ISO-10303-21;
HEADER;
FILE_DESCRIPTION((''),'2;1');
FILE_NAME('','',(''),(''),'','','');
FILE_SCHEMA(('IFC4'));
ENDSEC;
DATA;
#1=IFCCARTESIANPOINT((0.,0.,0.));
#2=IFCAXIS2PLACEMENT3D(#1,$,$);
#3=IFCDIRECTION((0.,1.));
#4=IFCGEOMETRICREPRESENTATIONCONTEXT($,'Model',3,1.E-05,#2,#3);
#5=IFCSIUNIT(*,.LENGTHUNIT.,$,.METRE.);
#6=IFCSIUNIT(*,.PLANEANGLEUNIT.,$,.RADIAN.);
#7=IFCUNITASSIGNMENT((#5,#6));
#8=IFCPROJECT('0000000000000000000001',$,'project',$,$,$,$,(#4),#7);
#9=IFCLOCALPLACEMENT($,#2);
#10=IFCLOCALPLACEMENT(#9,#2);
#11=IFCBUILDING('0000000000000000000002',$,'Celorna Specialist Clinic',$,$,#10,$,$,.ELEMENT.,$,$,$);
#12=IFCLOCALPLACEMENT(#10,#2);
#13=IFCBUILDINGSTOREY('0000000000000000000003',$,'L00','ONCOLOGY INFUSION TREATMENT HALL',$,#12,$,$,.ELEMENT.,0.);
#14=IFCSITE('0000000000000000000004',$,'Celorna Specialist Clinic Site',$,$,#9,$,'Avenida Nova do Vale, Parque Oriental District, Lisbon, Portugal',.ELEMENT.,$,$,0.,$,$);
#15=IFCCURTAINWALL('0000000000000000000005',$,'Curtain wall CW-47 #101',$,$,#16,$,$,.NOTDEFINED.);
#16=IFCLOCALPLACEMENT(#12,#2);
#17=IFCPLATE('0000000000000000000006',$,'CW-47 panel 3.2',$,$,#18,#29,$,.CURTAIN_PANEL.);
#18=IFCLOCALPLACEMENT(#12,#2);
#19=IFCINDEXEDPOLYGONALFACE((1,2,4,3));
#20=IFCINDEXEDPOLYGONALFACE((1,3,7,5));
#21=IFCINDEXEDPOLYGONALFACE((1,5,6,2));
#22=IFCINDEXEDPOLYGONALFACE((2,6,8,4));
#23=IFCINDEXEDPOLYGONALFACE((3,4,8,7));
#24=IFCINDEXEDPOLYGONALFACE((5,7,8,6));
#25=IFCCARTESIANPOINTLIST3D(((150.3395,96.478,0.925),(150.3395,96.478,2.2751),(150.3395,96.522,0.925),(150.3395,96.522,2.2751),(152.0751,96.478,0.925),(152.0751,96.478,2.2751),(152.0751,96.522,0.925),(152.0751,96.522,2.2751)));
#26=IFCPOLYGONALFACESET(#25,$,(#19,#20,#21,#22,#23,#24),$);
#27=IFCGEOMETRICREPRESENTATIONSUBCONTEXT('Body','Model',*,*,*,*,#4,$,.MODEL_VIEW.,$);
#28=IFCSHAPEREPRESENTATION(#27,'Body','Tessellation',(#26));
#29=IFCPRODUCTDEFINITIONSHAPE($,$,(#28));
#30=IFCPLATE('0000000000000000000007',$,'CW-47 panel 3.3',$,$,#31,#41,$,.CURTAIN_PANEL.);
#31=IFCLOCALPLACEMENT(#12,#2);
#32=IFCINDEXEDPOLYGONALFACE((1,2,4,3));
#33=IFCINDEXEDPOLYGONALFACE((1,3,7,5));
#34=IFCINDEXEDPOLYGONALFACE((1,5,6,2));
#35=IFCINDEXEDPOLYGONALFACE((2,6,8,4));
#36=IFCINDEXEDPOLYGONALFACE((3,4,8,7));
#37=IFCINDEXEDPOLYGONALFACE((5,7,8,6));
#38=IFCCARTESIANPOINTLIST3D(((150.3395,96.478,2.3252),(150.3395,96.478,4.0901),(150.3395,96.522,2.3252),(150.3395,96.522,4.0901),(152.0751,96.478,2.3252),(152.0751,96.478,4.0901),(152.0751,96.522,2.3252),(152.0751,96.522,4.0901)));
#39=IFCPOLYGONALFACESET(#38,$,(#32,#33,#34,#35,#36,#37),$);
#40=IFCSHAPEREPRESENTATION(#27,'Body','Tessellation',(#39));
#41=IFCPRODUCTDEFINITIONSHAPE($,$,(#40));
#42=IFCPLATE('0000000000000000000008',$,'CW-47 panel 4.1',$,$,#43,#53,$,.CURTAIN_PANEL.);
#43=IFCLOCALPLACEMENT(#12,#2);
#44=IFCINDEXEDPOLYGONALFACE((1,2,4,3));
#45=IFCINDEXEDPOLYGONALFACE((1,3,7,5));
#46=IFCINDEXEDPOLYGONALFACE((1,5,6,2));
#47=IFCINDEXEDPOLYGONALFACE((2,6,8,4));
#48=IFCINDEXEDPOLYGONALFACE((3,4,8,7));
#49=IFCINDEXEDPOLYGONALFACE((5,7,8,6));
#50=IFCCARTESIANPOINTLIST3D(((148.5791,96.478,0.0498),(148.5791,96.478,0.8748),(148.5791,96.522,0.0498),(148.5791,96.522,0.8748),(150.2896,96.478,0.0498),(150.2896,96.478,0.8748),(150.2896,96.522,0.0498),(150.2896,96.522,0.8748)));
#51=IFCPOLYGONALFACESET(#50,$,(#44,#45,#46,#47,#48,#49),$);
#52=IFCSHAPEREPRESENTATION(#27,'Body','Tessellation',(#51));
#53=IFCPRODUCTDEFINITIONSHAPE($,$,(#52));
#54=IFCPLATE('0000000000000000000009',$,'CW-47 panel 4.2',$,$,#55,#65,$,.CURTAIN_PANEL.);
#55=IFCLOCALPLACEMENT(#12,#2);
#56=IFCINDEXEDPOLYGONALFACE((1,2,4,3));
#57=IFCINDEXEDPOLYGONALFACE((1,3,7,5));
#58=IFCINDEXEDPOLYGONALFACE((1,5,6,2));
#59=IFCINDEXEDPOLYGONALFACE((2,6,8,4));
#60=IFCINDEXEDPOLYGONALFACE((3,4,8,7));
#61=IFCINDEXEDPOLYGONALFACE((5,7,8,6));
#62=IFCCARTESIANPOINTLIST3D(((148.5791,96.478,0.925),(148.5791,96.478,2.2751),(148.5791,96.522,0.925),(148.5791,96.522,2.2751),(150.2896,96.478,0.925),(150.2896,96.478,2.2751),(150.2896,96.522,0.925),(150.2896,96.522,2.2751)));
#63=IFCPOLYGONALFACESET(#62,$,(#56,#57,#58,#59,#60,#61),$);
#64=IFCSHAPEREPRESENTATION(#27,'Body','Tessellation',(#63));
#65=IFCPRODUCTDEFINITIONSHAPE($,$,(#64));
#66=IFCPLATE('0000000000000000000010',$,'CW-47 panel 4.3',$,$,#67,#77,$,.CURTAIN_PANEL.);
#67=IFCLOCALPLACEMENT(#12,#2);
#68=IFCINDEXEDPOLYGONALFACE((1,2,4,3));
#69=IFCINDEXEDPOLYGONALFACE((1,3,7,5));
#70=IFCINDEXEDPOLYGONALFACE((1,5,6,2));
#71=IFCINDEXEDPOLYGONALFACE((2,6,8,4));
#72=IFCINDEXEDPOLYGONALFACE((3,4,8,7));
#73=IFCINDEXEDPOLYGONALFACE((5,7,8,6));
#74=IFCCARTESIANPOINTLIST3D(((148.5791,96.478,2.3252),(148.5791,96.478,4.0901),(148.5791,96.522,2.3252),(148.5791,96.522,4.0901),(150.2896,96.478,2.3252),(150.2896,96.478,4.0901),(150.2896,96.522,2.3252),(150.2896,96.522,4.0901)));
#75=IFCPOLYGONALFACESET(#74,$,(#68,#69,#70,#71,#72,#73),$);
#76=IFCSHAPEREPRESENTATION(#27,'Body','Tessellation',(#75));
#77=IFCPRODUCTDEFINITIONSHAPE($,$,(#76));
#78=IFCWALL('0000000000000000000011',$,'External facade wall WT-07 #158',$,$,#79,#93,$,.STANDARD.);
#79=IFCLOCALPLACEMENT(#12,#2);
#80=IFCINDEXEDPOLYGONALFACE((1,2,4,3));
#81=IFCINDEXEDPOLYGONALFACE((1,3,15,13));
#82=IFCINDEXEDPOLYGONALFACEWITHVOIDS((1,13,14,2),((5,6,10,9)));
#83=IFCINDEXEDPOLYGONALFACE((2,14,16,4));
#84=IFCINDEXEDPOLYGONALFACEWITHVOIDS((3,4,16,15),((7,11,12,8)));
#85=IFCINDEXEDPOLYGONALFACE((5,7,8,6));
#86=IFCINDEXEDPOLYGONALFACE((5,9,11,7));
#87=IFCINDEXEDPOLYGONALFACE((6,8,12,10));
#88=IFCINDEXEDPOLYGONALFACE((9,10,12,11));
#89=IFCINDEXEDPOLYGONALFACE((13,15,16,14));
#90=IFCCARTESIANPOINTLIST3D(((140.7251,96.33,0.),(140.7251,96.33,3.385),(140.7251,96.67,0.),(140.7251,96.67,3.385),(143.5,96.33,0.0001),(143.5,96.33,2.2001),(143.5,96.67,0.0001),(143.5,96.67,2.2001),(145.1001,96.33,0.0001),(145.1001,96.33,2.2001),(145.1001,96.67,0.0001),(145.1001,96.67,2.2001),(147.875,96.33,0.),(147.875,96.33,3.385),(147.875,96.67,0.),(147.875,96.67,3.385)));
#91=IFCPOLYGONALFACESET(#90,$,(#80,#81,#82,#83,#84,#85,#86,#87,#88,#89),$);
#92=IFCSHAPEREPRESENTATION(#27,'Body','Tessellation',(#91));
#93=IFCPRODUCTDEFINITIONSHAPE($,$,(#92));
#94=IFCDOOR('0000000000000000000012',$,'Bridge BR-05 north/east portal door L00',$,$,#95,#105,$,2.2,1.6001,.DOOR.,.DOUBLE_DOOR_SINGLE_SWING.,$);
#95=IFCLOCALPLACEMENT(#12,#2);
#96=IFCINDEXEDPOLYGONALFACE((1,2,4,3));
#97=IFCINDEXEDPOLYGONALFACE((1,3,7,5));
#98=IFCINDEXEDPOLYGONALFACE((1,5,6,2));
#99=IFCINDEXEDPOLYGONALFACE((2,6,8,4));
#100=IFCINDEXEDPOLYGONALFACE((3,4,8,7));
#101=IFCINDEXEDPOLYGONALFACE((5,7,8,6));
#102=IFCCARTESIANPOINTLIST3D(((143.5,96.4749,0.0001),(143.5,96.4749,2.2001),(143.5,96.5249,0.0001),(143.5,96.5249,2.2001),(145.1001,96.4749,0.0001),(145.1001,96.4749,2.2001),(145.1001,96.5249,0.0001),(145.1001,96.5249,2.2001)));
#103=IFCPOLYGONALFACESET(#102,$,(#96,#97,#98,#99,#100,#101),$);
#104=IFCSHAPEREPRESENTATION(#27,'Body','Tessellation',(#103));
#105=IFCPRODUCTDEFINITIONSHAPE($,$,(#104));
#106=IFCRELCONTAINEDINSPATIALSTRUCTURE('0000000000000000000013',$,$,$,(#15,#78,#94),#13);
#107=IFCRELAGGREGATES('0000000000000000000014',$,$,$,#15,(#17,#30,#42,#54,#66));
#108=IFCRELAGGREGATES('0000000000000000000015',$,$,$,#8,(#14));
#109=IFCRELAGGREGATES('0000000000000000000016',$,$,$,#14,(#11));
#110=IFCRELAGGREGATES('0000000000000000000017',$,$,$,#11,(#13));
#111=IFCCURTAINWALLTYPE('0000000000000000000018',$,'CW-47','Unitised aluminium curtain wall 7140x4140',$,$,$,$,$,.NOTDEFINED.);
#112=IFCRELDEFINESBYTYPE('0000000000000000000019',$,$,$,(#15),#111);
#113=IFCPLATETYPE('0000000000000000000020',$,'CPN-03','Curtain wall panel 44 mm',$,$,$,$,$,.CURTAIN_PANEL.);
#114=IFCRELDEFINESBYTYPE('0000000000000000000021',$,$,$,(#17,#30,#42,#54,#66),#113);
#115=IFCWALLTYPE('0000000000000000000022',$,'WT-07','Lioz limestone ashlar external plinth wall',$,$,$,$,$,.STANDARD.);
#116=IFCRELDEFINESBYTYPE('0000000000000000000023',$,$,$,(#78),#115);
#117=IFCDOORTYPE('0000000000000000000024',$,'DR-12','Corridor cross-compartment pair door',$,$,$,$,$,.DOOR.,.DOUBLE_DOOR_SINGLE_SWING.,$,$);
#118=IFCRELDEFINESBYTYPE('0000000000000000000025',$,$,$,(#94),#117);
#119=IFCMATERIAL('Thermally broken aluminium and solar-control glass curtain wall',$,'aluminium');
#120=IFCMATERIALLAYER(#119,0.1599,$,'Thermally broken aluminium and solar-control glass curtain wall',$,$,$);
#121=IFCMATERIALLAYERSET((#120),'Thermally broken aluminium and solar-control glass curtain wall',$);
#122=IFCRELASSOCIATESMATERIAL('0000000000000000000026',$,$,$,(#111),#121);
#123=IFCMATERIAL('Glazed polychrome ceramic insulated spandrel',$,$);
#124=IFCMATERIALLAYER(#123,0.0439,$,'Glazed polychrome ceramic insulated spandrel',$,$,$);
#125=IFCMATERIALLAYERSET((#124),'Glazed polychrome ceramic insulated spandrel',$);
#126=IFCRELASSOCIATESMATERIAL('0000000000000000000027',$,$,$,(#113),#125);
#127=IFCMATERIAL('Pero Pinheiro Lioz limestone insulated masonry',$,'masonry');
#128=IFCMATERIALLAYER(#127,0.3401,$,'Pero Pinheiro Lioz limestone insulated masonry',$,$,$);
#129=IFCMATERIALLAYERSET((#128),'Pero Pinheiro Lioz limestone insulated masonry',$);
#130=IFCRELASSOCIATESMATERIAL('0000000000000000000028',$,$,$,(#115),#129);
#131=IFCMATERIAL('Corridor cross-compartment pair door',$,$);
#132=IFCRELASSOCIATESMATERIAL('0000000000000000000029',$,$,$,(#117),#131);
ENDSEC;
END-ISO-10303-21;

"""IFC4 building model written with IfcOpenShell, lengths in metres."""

from ifc_helpers import new_model, si_unit, direction, frame, frame_2d, origin, origin_2d, place, context, subcontext, project, spatial, rectangle, extrude, material, layer, layer_set, type_object, element, fill, aggregate, save


model = new_model("IFC4")

# Units and contexts
model_context = context("Model", 3, precision=1e-05, world=origin(), true_north=direction((0.0, 1.0)))
body_context = subcontext(model_context, "Body", "Model", "MODEL_VIEW")
ifc_project = project(units=[si_unit("LENGTHUNIT", "METRE"), si_unit("PLANEANGLEUNIT", "RADIAN")], contexts=[model_context])

# Site, building, storey
site_placement = place(None, origin())
site = spatial("IfcSite", under=ifc_project, at=site_placement, Name="Celorna Specialist Clinic Site", LongName="Avenida Nova do Vale, Parque Oriental District, Lisbon, Portugal", CompositionType="ELEMENT", RefElevation=0.0)
building_placement = place(site_placement, origin())
building = spatial("IfcBuilding", under=site, at=building_placement, Name="Celorna Specialist Clinic", CompositionType="ELEMENT")
storey_placement = place(building_placement, origin())
storey = spatial("IfcBuildingStorey", under=building, at=storey_placement, Name="L00", Description="ONCOLOGY INFUSION TREATMENT HALL", CompositionType="ELEMENT", Elevation=0.0)

# Curtain wall
ifc_material_1 = material(Name="Thermally broken aluminium and solar-control glass curtain wall", Category="aluminium")
ifc_layer_1 = layer(ifc_material_1, 0.1599, Name="Thermally broken aluminium and solar-control glass curtain wall")
ifc_layer_set_1 = layer_set([ifc_layer_1], Name="Thermally broken aluminium and solar-control glass curtain wall")
curtain_wall_type_1 = type_object("IfcCurtainWallType", Name="CW-47", Description="Unitised aluminium curtain wall 7140x4140", PredefinedType="NOTDEFINED", material=ifc_layer_set_1)
curtain_wall_1_placement = place(storey_placement, origin())
curtain_wall_1 = element("IfcCurtainWall", 1, at=curtain_wall_1_placement, inside=storey, type_object=curtain_wall_type_1, Name="Curtain wall CW-47 #101", PredefinedType="NOTDEFINED")

# Plates
ifc_material_2 = material(Name="Glazed polychrome ceramic insulated spandrel")
ifc_layer_2 = layer(ifc_material_2, 0.0439, Name="Glazed polychrome ceramic insulated spandrel")
ifc_layer_set_2 = layer_set([ifc_layer_2], Name="Glazed polychrome ceramic insulated spandrel")
plate_type_1 = type_object("IfcPlateType", Name="CPN-03", Description="Curtain wall panel 44 mm", PredefinedType="CURTAIN_PANEL", material=ifc_layer_set_2)
plate_1_placement = place(storey_placement, frame((151.2073, 96.5, 0.925), z_axis=(0.0, 0.0, 1.0), x_axis=(-1.0, 0.0, 0.0)))
plate_1 = element("IfcPlate", 2, at=plate_1_placement, type_object=plate_type_1, Name="CW-47 panel 3.2", PredefinedType="CURTAIN_PANEL", context=body_context, shape_type="SweptSolid", body=[
    extrude(rectangle(XDim=1.7356, YDim=0.0439, at=origin_2d()), origin(), (0.0, 0.0, 1.0), 1.3501),
])
plate_2_placement = place(storey_placement, frame((151.2073, 96.5, 2.3252), z_axis=(0.0, 0.0, 1.0), x_axis=(-1.0, 0.0, 0.0)))
plate_2 = element("IfcPlate", 3, at=plate_2_placement, type_object=plate_type_1, Name="CW-47 panel 3.3", PredefinedType="CURTAIN_PANEL", context=body_context, shape_type="SweptSolid", body=[
    extrude(rectangle(XDim=1.7356, YDim=0.0439, at=origin_2d()), origin(), (0.0, 0.0, 1.0), 1.7649),
])
plate_3_placement = place(storey_placement, frame((149.4343, 96.5, 0.0498), z_axis=(0.0, 0.0, 1.0), x_axis=(-1.0, 0.0, 0.0)))
plate_3 = element("IfcPlate", 4, at=plate_3_placement, type_object=plate_type_1, Name="CW-47 panel 4.1", PredefinedType="CURTAIN_PANEL", context=body_context, shape_type="SweptSolid", body=[
    extrude(rectangle(XDim=1.7104, YDim=0.0439, at=origin_2d()), origin(), (0.0, 0.0, 1.0), 0.825),
])
plate_4_placement = place(storey_placement, frame((149.4343, 96.5, 0.925), z_axis=(0.0, 0.0, 1.0), x_axis=(-1.0, 0.0, 0.0)))
plate_4 = element("IfcPlate", 5, at=plate_4_placement, type_object=plate_type_1, Name="CW-47 panel 4.2", PredefinedType="CURTAIN_PANEL", context=body_context, shape_type="SweptSolid", body=[
    extrude(rectangle(XDim=1.7104, YDim=0.0439, at=origin_2d()), origin(), (0.0, 0.0, 1.0), 1.3501),
])
plate_5_placement = place(storey_placement, frame((149.4343, 96.5, 2.3252), z_axis=(0.0, 0.0, 1.0), x_axis=(-1.0, 0.0, 0.0)))
plate_5 = element("IfcPlate", 6, at=plate_5_placement, type_object=plate_type_1, Name="CW-47 panel 4.3", PredefinedType="CURTAIN_PANEL", context=body_context, shape_type="SweptSolid", body=[
    extrude(rectangle(XDim=1.7104, YDim=0.0439, at=origin_2d()), origin(), (0.0, 0.0, 1.0), 1.7649),
])
aggregate(curtain_wall_1, [plate_1, plate_2, plate_3, plate_4, plate_5])

# Wall, opening, door
ifc_material_3 = material(Name="Pero Pinheiro Lioz limestone insulated masonry", Category="masonry")
ifc_layer_3 = layer(ifc_material_3, 0.3401, Name="Pero Pinheiro Lioz limestone insulated masonry")
ifc_layer_set_3 = layer_set([ifc_layer_3], Name="Pero Pinheiro Lioz limestone insulated masonry")
wall_type = type_object("IfcWallType", Name="WT-07", Description="Lioz limestone ashlar external plinth wall", PredefinedType="STANDARD", material=ifc_layer_set_3)
wall_placement = place(storey_placement, frame((147.875, 96.5, 0.0), z_axis=(0.0, 0.0, 1.0), x_axis=(-1.0, 0.0, 0.0)))
wall = element("IfcWall", 7, at=wall_placement, inside=storey, type_object=wall_type, Name="External facade wall WT-07 #158", PredefinedType="STANDARD", context=body_context, shape_type="SweptSolid", body=[
    extrude(rectangle(XDim=7.1499, YDim=0.3401, at=frame_2d((3.575, 0.0))), origin(), (0.0, 0.0, 1.0), 3.385),
])
opening_placement = place(wall_placement, frame((2.7749, 0.0, 0.0)))
opening = element("IfcOpeningElement", 8, at=opening_placement, cuts=wall, PredefinedType="OPENING", context=body_context, shape_type="SweptSolid", body=[
    extrude(rectangle(XDim=1.6001, YDim=2.2, at=frame_2d((0.8, 1.1001))), frame((0.0, 0.1799, 0.0), z_axis=(0.0, -1.0, 0.0), x_axis=(1.0, 0.0, 0.0)), (0.0, 0.0, 1.0), 0.3601),
])
ifc_material_4 = material(Name="Corridor cross-compartment pair door")
door_type = type_object("IfcDoorType", Name="DR-12", Description="Corridor cross-compartment pair door", OperationType="DOUBLE_DOOR_SINGLE_SWING", PredefinedType="DOOR", material=ifc_material_4)
door_placement = place(opening_placement, frame((1.6001, 0.0, 0.0), z_axis=(0.0, 0.0, 1.0), x_axis=(-1.0, 0.0, 0.0)))
door = element("IfcDoor", 9, at=door_placement, inside=storey, type_object=door_type, Name="Bridge BR-05 north/east portal door L00", OperationType="DOUBLE_DOOR_SINGLE_SWING", OverallHeight=2.2, OverallWidth=1.6001, PredefinedType="DOOR", context=body_context, shape_type="SweptSolid", body=[
    extrude(rectangle(XDim=1.6001, YDim=2.2, at=frame_2d((0.8, 1.1001))), frame((0.0, 0.0249, 0.0), z_axis=(0.0, -1.0, 0.0), x_axis=(1.0, 0.0, 0.0)), (0.0, 0.0, 1.0), 0.05),
])
fill(opening, door)

save(model, "model.ifc")
